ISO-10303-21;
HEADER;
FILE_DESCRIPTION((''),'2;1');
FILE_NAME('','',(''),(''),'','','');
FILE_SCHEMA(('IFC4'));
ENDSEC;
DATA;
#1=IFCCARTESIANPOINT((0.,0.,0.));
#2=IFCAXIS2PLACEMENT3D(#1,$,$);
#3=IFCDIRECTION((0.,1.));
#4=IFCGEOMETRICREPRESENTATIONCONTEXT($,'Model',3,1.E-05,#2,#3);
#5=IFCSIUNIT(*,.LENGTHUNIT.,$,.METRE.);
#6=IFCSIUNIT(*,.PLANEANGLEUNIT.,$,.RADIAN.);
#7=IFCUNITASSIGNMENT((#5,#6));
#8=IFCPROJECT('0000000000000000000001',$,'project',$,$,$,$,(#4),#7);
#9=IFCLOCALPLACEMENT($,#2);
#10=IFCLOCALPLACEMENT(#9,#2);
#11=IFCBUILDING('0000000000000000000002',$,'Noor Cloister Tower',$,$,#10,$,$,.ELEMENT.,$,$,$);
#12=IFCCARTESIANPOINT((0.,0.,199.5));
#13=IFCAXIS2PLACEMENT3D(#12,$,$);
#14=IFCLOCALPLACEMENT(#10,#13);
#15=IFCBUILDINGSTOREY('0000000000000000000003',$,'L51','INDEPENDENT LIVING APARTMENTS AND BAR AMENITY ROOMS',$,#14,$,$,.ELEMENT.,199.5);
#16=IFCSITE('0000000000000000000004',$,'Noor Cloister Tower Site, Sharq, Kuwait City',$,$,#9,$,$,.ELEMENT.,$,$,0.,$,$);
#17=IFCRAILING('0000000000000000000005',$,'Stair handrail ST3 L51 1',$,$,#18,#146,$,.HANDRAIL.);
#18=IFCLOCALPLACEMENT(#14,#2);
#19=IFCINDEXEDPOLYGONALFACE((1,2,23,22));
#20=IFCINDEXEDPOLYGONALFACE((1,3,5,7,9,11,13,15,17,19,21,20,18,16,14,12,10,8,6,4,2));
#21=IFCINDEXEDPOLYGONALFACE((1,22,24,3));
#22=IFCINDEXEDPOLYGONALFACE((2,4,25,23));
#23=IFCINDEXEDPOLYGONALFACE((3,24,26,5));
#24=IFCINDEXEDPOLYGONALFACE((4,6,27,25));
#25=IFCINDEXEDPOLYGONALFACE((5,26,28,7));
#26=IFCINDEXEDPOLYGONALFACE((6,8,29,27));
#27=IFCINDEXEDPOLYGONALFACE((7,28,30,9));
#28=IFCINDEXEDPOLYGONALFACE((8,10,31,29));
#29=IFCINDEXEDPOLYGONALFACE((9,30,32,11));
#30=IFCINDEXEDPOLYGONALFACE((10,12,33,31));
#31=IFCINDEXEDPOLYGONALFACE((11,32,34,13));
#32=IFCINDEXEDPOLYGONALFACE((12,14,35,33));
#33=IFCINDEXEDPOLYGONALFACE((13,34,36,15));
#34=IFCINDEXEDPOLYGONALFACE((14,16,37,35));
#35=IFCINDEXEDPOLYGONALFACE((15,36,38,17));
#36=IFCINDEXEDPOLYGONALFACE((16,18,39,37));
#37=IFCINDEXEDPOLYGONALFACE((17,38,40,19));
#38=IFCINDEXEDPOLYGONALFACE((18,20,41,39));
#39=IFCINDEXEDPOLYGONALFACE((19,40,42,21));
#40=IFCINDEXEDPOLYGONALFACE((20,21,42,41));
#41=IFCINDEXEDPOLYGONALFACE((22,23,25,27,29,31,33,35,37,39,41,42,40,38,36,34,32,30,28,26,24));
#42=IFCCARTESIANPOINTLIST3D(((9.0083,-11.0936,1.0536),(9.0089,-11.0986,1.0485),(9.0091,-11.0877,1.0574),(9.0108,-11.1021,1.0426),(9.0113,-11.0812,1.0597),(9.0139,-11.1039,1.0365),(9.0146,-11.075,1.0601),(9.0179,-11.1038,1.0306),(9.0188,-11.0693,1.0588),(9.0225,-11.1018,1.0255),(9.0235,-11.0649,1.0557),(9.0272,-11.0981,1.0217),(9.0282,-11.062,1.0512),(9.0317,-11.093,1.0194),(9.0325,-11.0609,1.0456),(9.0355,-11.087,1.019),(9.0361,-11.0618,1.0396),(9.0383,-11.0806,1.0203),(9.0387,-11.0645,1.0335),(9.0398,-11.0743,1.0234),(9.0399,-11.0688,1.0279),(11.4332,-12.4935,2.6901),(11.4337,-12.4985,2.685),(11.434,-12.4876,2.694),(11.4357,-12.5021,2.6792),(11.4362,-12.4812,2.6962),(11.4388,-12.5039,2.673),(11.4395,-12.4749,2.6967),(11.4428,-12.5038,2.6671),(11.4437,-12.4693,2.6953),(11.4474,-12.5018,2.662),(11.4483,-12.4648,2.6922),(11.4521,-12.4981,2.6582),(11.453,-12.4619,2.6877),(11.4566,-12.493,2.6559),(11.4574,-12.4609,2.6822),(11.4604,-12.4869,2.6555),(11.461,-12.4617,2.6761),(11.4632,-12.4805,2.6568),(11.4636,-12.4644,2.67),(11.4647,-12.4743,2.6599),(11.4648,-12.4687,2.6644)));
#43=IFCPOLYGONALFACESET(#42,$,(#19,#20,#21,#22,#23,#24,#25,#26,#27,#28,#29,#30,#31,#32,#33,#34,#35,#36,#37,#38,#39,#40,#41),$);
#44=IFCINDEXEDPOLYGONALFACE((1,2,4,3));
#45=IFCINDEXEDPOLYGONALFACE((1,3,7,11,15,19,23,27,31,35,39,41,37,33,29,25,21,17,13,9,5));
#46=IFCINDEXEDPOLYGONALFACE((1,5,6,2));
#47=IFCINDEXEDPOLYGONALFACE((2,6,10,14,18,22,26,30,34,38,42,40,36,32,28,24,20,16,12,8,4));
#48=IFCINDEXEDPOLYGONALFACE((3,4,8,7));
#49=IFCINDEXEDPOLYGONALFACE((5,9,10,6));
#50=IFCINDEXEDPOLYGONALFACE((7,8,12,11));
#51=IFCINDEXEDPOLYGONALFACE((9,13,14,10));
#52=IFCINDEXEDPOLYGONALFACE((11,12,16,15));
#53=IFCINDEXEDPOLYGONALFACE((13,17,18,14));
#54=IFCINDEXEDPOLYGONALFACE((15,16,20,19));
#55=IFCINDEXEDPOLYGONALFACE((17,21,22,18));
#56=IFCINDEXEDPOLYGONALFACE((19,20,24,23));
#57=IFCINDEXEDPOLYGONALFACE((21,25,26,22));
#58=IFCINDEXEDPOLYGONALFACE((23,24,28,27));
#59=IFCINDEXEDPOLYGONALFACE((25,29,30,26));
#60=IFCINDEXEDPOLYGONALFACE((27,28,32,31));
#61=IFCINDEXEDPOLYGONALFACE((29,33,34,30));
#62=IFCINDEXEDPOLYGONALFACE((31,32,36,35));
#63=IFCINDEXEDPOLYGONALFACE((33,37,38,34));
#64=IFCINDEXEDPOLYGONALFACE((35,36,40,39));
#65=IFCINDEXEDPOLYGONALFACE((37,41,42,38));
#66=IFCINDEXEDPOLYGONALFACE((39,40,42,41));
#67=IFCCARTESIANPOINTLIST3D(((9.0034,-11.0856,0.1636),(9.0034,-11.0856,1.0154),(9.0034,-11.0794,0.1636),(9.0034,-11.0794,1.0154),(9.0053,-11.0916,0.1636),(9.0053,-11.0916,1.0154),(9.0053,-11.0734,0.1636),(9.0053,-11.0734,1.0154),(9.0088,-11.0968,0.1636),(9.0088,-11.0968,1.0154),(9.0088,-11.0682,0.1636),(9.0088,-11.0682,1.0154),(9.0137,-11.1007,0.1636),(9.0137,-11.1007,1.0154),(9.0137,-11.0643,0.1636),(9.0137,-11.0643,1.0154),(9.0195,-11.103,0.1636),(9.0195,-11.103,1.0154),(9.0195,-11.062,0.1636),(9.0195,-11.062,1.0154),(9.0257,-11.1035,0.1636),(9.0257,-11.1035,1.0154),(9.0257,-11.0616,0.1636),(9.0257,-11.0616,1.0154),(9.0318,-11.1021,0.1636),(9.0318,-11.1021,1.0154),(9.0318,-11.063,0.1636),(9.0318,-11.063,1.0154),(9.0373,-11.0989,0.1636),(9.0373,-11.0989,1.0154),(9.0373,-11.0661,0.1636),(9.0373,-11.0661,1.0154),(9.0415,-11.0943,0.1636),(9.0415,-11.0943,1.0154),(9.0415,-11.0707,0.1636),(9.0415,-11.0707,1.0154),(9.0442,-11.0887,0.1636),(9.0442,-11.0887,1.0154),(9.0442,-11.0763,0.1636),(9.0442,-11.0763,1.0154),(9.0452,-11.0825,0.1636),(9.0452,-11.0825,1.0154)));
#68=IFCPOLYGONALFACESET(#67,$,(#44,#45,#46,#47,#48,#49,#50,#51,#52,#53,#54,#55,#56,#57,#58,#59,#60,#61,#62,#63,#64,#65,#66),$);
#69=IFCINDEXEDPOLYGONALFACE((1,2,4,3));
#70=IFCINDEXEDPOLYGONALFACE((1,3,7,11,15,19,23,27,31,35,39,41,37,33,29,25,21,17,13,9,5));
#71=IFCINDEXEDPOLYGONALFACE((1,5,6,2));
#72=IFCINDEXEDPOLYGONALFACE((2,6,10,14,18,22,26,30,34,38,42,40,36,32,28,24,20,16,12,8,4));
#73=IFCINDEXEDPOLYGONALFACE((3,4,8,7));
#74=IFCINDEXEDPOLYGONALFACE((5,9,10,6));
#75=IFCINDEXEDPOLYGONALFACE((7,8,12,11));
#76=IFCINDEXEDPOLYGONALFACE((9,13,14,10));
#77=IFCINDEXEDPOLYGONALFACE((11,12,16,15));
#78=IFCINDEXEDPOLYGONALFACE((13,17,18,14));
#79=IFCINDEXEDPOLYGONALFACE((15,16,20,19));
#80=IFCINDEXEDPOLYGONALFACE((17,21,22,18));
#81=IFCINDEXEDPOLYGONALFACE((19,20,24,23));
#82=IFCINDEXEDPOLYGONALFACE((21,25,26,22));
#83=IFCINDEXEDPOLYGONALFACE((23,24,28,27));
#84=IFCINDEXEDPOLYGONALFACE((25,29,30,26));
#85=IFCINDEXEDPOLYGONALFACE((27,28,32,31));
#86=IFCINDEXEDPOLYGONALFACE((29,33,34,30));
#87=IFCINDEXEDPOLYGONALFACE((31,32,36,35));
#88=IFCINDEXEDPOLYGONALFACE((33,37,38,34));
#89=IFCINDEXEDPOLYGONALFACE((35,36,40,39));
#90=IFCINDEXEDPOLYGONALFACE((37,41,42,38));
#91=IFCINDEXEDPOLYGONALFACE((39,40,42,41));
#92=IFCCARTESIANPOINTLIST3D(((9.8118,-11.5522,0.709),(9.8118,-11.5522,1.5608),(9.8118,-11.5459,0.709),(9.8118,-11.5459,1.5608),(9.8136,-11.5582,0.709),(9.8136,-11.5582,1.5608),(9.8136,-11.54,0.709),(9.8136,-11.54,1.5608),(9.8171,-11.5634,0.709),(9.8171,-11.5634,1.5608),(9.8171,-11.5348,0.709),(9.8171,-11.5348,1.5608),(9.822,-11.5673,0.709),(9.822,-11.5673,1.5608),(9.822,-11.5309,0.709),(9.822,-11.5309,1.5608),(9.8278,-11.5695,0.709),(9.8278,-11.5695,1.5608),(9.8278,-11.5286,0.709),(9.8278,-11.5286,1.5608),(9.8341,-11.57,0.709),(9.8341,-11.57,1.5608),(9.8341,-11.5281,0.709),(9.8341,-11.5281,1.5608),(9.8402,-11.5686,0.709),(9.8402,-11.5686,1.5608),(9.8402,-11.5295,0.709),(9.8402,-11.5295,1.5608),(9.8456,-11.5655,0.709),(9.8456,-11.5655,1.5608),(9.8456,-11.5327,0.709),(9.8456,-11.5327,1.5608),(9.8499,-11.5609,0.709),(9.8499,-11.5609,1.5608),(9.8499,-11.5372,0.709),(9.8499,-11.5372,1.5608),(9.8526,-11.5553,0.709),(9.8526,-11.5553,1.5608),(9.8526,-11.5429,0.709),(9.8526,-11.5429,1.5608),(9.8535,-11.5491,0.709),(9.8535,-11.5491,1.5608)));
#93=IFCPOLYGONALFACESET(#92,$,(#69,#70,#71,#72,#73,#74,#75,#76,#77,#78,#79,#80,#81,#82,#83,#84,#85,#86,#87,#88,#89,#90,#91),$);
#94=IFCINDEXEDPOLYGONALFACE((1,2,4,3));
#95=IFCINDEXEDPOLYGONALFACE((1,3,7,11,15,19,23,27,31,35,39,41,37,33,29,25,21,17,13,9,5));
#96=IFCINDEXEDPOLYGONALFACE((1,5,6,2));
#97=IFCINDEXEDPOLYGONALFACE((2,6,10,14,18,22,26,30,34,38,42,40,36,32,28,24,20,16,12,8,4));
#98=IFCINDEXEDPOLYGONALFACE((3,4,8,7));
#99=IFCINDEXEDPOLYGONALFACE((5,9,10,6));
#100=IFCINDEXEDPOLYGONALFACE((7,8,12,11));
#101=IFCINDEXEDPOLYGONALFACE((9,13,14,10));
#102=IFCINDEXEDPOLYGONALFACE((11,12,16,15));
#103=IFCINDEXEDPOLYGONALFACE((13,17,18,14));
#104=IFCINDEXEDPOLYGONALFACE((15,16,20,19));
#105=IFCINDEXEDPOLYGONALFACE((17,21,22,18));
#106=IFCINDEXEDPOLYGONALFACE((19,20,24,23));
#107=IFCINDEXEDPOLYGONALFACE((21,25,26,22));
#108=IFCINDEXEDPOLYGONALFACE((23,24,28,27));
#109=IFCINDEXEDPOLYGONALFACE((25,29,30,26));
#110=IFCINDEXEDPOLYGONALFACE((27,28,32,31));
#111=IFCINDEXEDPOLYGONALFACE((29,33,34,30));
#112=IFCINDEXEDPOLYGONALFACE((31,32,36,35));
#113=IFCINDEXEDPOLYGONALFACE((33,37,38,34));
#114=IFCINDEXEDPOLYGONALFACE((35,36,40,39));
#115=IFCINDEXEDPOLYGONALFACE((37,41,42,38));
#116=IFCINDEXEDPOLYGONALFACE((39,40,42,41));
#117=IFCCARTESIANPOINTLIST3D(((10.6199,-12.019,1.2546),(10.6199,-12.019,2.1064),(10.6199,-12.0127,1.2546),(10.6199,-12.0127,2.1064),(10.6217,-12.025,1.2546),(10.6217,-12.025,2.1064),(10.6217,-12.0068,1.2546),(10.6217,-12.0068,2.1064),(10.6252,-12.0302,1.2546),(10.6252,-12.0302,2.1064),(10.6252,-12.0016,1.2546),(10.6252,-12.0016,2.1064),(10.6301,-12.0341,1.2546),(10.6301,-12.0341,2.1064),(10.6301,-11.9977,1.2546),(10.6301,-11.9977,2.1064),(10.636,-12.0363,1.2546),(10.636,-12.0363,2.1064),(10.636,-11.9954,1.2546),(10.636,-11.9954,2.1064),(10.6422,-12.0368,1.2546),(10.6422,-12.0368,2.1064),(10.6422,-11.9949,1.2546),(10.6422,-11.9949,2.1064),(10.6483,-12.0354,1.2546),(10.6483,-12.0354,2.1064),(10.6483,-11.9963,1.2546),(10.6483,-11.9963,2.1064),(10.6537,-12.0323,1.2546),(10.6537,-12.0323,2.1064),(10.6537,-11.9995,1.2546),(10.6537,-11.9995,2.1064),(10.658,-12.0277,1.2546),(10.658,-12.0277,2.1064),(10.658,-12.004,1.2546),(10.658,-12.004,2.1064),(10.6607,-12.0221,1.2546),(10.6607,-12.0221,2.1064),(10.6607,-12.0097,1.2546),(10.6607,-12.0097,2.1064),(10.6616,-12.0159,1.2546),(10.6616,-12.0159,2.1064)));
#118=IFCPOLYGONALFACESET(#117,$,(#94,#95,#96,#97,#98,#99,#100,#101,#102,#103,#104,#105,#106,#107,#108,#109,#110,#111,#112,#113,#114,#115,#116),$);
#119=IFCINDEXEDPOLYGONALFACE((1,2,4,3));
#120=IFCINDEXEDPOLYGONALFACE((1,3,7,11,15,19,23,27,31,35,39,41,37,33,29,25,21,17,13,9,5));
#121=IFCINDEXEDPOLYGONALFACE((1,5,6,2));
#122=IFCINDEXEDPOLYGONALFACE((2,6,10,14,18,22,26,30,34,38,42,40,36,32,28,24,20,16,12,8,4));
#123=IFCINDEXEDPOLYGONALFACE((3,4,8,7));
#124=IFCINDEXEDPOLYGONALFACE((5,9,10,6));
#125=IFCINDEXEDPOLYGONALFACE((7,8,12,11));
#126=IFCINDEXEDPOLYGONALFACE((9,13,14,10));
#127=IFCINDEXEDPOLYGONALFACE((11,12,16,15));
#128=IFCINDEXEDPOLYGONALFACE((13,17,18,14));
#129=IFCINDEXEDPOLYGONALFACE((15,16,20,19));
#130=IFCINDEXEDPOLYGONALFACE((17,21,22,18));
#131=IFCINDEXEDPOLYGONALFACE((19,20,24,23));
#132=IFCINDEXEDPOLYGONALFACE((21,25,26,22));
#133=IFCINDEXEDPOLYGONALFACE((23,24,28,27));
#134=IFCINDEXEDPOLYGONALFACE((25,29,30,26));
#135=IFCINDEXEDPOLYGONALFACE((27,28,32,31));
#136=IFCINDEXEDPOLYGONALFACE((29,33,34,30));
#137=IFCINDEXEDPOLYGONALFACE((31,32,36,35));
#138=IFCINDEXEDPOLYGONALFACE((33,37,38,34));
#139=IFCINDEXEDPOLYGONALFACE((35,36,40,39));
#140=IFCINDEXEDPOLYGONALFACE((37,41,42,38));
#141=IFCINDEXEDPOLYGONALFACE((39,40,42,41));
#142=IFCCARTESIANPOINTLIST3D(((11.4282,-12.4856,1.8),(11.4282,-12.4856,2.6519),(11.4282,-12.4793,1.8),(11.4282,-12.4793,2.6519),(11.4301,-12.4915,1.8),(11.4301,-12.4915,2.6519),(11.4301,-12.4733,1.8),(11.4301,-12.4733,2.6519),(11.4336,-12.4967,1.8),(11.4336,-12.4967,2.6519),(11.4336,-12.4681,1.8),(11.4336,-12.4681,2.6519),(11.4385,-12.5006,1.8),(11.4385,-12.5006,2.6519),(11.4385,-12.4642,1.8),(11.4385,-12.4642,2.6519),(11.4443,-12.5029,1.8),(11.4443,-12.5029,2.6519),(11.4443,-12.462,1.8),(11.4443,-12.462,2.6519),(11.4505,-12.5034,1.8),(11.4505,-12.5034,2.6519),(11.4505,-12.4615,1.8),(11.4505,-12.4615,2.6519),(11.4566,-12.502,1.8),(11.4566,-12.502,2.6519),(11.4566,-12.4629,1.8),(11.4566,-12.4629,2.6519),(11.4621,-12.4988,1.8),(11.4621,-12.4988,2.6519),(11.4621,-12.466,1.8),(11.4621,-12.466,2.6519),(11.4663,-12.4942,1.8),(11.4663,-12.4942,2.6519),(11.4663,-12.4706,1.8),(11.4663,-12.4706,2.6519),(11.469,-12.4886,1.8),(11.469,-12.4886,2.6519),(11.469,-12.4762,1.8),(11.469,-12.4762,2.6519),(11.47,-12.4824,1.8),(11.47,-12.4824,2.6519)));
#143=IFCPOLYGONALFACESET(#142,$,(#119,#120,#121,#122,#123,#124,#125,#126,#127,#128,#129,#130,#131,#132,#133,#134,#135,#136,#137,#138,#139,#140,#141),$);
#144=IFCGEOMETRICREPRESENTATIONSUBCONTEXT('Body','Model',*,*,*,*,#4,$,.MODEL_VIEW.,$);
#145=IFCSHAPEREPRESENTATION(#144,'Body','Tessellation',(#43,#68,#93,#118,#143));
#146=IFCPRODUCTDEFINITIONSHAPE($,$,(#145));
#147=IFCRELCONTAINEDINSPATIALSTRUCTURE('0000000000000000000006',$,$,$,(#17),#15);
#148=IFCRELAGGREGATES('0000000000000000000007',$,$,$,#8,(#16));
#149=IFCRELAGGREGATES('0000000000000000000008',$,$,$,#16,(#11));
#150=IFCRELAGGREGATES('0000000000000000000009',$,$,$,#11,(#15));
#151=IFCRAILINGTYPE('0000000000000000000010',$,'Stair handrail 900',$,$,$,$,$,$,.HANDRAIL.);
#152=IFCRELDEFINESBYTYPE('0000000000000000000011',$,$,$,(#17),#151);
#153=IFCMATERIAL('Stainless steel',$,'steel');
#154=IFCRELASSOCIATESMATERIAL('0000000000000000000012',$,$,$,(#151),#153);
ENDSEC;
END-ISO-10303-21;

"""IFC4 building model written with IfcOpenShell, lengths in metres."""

from ifc_helpers import new_model, si_unit, direction, frame, origin, origin_2d, place, context, subcontext, project, spatial, circle, extrude, material, type_object, element, save


model = new_model("IFC4")

# Units and contexts
model_context = context("Model", 3, precision=1e-05, world=origin(), true_north=direction((0.0, 1.0)))
body_context = subcontext(model_context, "Body", "Model", "MODEL_VIEW")
ifc_project = project(units=[si_unit("LENGTHUNIT", "METRE"), si_unit("PLANEANGLEUNIT", "RADIAN")], contexts=[model_context])

# Site, building, storey
site_placement = place(None, origin())
site = spatial("IfcSite", under=ifc_project, at=site_placement, Name="Noor Cloister Tower Site, Sharq, Kuwait City", CompositionType="ELEMENT", RefElevation=0.0)
building_placement = place(site_placement, origin())
building = spatial("IfcBuilding", under=site, at=building_placement, Name="Noor Cloister Tower", CompositionType="ELEMENT")
storey_placement = place(building_placement, frame((0.0, 0.0, 199.5)))
storey = spatial("IfcBuildingStorey", under=building, at=storey_placement, Name="L51", Description="INDEPENDENT LIVING APARTMENTS AND BAR AMENITY ROOMS", CompositionType="ELEMENT", Elevation=199.5)

# Railing
ifc_material_1 = material(Name="Stainless steel", Category="steel")
railing_type = type_object("IfcRailingType", Name="Stair handrail 900", PredefinedType="HANDRAIL", material=ifc_material_1)
railing_placement = place(storey_placement, frame((9.0242, -11.0825, 0.1636)))
element("IfcRailing", 1, at=railing_placement, inside=storey, type_object=railing_type, Name="Stair handrail ST3 L51 1", PredefinedType="HANDRAIL", context=body_context, shape_type="SweptSolid", body=[
    extrude(circle(Radius=0.0239, at=origin_2d()), frame((0.0, 0.0, 0.876), z_axis=(0.74769, -0.431661, 0.504608), x_axis=(0.499984, 0.866035, 0.0)), (0.0, 0.0, 1.0), 3.2432),
    extrude(circle(Radius=0.021, at=origin_2d()), origin(), (0.0, 0.0, 1.0), 0.8518),
    extrude(circle(Radius=0.021, at=origin_2d()), frame((0.8083, -0.4666, 0.5454)), (0.0, 0.0, 1.0), 0.8518),
    extrude(circle(Radius=0.021, at=origin_2d()), frame((1.6165, -0.9333, 1.0911)), (0.0, 0.0, 1.0), 0.8518),
    extrude(circle(Radius=0.021, at=origin_2d()), frame((2.4248, -1.3999, 1.6365)), (0.0, 0.0, 1.0), 0.8518),
])

save(model, "model.ifc")
